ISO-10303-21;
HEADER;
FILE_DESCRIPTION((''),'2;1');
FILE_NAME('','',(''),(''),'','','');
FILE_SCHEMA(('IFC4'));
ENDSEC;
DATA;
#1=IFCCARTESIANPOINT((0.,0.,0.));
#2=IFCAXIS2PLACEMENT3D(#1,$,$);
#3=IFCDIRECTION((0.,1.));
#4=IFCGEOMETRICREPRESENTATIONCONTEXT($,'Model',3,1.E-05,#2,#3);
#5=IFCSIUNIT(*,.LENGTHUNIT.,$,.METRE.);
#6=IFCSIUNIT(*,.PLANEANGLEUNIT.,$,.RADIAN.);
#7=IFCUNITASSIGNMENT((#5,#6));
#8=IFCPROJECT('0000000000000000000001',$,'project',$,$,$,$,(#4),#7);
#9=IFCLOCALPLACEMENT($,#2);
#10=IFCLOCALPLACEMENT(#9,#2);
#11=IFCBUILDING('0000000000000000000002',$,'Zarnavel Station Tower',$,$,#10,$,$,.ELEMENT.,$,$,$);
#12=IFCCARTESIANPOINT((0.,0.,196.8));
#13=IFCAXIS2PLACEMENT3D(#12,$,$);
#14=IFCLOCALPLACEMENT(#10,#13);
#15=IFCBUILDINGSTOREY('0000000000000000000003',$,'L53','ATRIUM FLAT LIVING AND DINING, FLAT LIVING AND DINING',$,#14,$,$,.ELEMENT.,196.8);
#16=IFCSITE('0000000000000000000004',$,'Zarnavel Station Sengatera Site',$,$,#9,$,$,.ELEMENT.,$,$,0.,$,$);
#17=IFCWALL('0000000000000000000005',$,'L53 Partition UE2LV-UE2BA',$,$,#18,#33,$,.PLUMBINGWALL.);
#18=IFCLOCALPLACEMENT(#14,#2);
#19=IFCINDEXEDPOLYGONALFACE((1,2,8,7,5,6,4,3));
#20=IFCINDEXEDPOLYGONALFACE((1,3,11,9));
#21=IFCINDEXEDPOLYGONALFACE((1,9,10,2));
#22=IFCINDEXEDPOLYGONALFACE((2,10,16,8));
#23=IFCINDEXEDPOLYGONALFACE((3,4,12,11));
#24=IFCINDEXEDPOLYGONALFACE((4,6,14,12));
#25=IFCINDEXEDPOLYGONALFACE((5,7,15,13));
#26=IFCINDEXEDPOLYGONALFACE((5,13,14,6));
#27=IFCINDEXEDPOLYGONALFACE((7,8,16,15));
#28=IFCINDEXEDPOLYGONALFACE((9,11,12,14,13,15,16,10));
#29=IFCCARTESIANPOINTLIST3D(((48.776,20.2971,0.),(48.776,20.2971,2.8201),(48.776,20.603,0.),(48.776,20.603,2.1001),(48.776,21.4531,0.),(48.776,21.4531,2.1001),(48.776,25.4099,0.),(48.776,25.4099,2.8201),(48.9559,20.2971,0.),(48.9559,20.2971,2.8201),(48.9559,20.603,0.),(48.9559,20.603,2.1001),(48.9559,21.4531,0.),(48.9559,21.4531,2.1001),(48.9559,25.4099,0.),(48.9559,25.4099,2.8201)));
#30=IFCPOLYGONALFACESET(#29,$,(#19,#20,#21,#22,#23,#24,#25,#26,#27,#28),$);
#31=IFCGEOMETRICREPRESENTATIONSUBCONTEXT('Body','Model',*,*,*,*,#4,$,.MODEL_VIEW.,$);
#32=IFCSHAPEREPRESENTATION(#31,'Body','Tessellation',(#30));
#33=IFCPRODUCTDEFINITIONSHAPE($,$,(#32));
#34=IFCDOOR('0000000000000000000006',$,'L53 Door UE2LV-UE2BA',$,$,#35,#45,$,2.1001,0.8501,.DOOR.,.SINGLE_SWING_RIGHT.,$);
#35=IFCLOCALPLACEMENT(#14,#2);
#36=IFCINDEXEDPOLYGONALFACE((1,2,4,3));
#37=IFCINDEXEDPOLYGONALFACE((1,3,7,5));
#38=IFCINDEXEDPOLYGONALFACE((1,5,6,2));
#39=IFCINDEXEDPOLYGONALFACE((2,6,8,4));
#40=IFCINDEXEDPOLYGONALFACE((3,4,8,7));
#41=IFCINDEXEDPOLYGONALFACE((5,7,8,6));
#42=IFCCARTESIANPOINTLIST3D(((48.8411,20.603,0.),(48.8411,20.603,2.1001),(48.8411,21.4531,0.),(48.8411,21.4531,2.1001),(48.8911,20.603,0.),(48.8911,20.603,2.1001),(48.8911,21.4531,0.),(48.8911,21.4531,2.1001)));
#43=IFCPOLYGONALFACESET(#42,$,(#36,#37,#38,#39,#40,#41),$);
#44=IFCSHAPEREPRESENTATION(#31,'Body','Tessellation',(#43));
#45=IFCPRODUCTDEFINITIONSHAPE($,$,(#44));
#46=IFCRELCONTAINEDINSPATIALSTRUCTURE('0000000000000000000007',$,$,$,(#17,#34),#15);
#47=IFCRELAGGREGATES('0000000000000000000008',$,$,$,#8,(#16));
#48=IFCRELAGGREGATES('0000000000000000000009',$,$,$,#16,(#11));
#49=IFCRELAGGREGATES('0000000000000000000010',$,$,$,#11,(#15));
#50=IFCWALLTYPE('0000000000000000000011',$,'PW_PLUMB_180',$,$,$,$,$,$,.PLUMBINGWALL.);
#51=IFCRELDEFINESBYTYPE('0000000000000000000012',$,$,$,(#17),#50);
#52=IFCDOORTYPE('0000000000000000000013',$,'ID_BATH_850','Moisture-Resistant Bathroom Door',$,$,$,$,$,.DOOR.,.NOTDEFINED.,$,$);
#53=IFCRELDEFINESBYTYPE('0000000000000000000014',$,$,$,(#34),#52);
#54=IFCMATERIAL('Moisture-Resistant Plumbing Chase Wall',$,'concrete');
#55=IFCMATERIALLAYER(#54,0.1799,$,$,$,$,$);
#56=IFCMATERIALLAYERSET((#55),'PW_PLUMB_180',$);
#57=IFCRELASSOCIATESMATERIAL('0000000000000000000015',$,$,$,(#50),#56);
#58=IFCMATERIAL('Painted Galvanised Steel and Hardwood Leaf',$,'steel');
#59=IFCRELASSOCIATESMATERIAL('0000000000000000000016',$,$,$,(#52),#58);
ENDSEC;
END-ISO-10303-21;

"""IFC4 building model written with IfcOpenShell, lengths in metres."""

from ifc_helpers import new_model, si_unit, direction, frame, frame_2d, origin, place, context, subcontext, project, spatial, rectangle, extrude, material, layer, layer_set, type_object, element, fill, save


model = new_model("IFC4")

# Units and contexts
model_context = context("Model", 3, precision=1e-05, world=origin(), true_north=direction((0.0, 1.0)))
body_context = subcontext(model_context, "Body", "Model", "MODEL_VIEW")
ifc_project = project(units=[si_unit("LENGTHUNIT", "METRE"), si_unit("PLANEANGLEUNIT", "RADIAN")], contexts=[model_context])

# Site, building, storey
site_placement = place(None, origin())
site = spatial("IfcSite", under=ifc_project, at=site_placement, Name="Zarnavel Station Sengatera Site", CompositionType="ELEMENT", RefElevation=0.0)
building_placement = place(site_placement, origin())
building = spatial("IfcBuilding", under=site, at=building_placement, Name="Zarnavel Station Tower", CompositionType="ELEMENT")
storey_placement = place(building_placement, frame((0.0, 0.0, 196.8)))
storey = spatial("IfcBuildingStorey", under=building, at=storey_placement, Name="L53", Description="ATRIUM FLAT LIVING AND DINING, FLAT LIVING AND DINING", CompositionType="ELEMENT", Elevation=196.8)

# Shared definitions
ifc_material_1 = material(Name="Moisture-Resistant Plumbing Chase Wall", Category="concrete")
ifc_layer_1 = layer(ifc_material_1, 0.1799)
ifc_layer_set_1 = layer_set([ifc_layer_1], Name="PW_PLUMB_180")
wall_type_1 = type_object("IfcWallType", Name="PW_PLUMB_180", PredefinedType="PLUMBINGWALL", material=ifc_layer_set_1)

# Shared definitions
ifc_material_2 = material(Name="Painted Galvanised Steel and Hardwood Leaf", Category="steel")
door_type_1 = type_object("IfcDoorType", Name="ID_BATH_850", Description="Moisture-Resistant Bathroom Door", OperationType="NOTDEFINED", PredefinedType="DOOR", material=ifc_material_2)

# Wall, opening, door
wall_1_placement = place(storey_placement, frame((48.866, 20.2971, 0.0), z_axis=(0.0, 0.0, 1.0), x_axis=(0.0, 1.0, 0.0)))
wall_1 = element("IfcWall", 1, at=wall_1_placement, inside=storey, type_object=wall_type_1, Name="L53 Partition UE2LV-UE2BA", PredefinedType="PLUMBINGWALL", context=body_context, shape_type="SweptSolid", body=[
    extrude(rectangle(XDim=5.1128, YDim=0.1799, at=frame_2d((2.5564, 0.0))), origin(), (0.0, 0.0, 1.0), 2.8201),
])
opening_1_placement = place(wall_1_placement, frame((0.3059, 0.0, 0.0)))
opening_1 = element("IfcOpeningElement", 2, at=opening_1_placement, cuts=wall_1, PredefinedType="OPENING", context=body_context, shape_type="SweptSolid", body=[
    extrude(rectangle(XDim=0.8501, YDim=2.1001, at=frame_2d((0.425, 1.05))), frame((0.0, 0.0999, 0.0), z_axis=(0.0, -1.0, 0.0), x_axis=(1.0, 0.0, 0.0)), (0.0, 0.0, 1.0), 0.2),
])
door_1_placement = place(opening_1_placement, origin())
door_1 = element("IfcDoor", 3, at=door_1_placement, inside=storey, type_object=door_type_1, Name="L53 Door UE2LV-UE2BA", OperationType="SINGLE_SWING_RIGHT", OverallHeight=2.1001, OverallWidth=0.8501, PredefinedType="DOOR", context=body_context, shape_type="SweptSolid", body=[
    extrude(rectangle(XDim=0.8501, YDim=2.1001, at=frame_2d((0.425, 1.05))), frame((0.0, 0.0249, 0.0), z_axis=(0.0, -1.0, 0.0), x_axis=(1.0, 0.0, 0.0)), (0.0, 0.0, 1.0), 0.05),
])
fill(opening_1, door_1)

save(model, "model.ifc")
